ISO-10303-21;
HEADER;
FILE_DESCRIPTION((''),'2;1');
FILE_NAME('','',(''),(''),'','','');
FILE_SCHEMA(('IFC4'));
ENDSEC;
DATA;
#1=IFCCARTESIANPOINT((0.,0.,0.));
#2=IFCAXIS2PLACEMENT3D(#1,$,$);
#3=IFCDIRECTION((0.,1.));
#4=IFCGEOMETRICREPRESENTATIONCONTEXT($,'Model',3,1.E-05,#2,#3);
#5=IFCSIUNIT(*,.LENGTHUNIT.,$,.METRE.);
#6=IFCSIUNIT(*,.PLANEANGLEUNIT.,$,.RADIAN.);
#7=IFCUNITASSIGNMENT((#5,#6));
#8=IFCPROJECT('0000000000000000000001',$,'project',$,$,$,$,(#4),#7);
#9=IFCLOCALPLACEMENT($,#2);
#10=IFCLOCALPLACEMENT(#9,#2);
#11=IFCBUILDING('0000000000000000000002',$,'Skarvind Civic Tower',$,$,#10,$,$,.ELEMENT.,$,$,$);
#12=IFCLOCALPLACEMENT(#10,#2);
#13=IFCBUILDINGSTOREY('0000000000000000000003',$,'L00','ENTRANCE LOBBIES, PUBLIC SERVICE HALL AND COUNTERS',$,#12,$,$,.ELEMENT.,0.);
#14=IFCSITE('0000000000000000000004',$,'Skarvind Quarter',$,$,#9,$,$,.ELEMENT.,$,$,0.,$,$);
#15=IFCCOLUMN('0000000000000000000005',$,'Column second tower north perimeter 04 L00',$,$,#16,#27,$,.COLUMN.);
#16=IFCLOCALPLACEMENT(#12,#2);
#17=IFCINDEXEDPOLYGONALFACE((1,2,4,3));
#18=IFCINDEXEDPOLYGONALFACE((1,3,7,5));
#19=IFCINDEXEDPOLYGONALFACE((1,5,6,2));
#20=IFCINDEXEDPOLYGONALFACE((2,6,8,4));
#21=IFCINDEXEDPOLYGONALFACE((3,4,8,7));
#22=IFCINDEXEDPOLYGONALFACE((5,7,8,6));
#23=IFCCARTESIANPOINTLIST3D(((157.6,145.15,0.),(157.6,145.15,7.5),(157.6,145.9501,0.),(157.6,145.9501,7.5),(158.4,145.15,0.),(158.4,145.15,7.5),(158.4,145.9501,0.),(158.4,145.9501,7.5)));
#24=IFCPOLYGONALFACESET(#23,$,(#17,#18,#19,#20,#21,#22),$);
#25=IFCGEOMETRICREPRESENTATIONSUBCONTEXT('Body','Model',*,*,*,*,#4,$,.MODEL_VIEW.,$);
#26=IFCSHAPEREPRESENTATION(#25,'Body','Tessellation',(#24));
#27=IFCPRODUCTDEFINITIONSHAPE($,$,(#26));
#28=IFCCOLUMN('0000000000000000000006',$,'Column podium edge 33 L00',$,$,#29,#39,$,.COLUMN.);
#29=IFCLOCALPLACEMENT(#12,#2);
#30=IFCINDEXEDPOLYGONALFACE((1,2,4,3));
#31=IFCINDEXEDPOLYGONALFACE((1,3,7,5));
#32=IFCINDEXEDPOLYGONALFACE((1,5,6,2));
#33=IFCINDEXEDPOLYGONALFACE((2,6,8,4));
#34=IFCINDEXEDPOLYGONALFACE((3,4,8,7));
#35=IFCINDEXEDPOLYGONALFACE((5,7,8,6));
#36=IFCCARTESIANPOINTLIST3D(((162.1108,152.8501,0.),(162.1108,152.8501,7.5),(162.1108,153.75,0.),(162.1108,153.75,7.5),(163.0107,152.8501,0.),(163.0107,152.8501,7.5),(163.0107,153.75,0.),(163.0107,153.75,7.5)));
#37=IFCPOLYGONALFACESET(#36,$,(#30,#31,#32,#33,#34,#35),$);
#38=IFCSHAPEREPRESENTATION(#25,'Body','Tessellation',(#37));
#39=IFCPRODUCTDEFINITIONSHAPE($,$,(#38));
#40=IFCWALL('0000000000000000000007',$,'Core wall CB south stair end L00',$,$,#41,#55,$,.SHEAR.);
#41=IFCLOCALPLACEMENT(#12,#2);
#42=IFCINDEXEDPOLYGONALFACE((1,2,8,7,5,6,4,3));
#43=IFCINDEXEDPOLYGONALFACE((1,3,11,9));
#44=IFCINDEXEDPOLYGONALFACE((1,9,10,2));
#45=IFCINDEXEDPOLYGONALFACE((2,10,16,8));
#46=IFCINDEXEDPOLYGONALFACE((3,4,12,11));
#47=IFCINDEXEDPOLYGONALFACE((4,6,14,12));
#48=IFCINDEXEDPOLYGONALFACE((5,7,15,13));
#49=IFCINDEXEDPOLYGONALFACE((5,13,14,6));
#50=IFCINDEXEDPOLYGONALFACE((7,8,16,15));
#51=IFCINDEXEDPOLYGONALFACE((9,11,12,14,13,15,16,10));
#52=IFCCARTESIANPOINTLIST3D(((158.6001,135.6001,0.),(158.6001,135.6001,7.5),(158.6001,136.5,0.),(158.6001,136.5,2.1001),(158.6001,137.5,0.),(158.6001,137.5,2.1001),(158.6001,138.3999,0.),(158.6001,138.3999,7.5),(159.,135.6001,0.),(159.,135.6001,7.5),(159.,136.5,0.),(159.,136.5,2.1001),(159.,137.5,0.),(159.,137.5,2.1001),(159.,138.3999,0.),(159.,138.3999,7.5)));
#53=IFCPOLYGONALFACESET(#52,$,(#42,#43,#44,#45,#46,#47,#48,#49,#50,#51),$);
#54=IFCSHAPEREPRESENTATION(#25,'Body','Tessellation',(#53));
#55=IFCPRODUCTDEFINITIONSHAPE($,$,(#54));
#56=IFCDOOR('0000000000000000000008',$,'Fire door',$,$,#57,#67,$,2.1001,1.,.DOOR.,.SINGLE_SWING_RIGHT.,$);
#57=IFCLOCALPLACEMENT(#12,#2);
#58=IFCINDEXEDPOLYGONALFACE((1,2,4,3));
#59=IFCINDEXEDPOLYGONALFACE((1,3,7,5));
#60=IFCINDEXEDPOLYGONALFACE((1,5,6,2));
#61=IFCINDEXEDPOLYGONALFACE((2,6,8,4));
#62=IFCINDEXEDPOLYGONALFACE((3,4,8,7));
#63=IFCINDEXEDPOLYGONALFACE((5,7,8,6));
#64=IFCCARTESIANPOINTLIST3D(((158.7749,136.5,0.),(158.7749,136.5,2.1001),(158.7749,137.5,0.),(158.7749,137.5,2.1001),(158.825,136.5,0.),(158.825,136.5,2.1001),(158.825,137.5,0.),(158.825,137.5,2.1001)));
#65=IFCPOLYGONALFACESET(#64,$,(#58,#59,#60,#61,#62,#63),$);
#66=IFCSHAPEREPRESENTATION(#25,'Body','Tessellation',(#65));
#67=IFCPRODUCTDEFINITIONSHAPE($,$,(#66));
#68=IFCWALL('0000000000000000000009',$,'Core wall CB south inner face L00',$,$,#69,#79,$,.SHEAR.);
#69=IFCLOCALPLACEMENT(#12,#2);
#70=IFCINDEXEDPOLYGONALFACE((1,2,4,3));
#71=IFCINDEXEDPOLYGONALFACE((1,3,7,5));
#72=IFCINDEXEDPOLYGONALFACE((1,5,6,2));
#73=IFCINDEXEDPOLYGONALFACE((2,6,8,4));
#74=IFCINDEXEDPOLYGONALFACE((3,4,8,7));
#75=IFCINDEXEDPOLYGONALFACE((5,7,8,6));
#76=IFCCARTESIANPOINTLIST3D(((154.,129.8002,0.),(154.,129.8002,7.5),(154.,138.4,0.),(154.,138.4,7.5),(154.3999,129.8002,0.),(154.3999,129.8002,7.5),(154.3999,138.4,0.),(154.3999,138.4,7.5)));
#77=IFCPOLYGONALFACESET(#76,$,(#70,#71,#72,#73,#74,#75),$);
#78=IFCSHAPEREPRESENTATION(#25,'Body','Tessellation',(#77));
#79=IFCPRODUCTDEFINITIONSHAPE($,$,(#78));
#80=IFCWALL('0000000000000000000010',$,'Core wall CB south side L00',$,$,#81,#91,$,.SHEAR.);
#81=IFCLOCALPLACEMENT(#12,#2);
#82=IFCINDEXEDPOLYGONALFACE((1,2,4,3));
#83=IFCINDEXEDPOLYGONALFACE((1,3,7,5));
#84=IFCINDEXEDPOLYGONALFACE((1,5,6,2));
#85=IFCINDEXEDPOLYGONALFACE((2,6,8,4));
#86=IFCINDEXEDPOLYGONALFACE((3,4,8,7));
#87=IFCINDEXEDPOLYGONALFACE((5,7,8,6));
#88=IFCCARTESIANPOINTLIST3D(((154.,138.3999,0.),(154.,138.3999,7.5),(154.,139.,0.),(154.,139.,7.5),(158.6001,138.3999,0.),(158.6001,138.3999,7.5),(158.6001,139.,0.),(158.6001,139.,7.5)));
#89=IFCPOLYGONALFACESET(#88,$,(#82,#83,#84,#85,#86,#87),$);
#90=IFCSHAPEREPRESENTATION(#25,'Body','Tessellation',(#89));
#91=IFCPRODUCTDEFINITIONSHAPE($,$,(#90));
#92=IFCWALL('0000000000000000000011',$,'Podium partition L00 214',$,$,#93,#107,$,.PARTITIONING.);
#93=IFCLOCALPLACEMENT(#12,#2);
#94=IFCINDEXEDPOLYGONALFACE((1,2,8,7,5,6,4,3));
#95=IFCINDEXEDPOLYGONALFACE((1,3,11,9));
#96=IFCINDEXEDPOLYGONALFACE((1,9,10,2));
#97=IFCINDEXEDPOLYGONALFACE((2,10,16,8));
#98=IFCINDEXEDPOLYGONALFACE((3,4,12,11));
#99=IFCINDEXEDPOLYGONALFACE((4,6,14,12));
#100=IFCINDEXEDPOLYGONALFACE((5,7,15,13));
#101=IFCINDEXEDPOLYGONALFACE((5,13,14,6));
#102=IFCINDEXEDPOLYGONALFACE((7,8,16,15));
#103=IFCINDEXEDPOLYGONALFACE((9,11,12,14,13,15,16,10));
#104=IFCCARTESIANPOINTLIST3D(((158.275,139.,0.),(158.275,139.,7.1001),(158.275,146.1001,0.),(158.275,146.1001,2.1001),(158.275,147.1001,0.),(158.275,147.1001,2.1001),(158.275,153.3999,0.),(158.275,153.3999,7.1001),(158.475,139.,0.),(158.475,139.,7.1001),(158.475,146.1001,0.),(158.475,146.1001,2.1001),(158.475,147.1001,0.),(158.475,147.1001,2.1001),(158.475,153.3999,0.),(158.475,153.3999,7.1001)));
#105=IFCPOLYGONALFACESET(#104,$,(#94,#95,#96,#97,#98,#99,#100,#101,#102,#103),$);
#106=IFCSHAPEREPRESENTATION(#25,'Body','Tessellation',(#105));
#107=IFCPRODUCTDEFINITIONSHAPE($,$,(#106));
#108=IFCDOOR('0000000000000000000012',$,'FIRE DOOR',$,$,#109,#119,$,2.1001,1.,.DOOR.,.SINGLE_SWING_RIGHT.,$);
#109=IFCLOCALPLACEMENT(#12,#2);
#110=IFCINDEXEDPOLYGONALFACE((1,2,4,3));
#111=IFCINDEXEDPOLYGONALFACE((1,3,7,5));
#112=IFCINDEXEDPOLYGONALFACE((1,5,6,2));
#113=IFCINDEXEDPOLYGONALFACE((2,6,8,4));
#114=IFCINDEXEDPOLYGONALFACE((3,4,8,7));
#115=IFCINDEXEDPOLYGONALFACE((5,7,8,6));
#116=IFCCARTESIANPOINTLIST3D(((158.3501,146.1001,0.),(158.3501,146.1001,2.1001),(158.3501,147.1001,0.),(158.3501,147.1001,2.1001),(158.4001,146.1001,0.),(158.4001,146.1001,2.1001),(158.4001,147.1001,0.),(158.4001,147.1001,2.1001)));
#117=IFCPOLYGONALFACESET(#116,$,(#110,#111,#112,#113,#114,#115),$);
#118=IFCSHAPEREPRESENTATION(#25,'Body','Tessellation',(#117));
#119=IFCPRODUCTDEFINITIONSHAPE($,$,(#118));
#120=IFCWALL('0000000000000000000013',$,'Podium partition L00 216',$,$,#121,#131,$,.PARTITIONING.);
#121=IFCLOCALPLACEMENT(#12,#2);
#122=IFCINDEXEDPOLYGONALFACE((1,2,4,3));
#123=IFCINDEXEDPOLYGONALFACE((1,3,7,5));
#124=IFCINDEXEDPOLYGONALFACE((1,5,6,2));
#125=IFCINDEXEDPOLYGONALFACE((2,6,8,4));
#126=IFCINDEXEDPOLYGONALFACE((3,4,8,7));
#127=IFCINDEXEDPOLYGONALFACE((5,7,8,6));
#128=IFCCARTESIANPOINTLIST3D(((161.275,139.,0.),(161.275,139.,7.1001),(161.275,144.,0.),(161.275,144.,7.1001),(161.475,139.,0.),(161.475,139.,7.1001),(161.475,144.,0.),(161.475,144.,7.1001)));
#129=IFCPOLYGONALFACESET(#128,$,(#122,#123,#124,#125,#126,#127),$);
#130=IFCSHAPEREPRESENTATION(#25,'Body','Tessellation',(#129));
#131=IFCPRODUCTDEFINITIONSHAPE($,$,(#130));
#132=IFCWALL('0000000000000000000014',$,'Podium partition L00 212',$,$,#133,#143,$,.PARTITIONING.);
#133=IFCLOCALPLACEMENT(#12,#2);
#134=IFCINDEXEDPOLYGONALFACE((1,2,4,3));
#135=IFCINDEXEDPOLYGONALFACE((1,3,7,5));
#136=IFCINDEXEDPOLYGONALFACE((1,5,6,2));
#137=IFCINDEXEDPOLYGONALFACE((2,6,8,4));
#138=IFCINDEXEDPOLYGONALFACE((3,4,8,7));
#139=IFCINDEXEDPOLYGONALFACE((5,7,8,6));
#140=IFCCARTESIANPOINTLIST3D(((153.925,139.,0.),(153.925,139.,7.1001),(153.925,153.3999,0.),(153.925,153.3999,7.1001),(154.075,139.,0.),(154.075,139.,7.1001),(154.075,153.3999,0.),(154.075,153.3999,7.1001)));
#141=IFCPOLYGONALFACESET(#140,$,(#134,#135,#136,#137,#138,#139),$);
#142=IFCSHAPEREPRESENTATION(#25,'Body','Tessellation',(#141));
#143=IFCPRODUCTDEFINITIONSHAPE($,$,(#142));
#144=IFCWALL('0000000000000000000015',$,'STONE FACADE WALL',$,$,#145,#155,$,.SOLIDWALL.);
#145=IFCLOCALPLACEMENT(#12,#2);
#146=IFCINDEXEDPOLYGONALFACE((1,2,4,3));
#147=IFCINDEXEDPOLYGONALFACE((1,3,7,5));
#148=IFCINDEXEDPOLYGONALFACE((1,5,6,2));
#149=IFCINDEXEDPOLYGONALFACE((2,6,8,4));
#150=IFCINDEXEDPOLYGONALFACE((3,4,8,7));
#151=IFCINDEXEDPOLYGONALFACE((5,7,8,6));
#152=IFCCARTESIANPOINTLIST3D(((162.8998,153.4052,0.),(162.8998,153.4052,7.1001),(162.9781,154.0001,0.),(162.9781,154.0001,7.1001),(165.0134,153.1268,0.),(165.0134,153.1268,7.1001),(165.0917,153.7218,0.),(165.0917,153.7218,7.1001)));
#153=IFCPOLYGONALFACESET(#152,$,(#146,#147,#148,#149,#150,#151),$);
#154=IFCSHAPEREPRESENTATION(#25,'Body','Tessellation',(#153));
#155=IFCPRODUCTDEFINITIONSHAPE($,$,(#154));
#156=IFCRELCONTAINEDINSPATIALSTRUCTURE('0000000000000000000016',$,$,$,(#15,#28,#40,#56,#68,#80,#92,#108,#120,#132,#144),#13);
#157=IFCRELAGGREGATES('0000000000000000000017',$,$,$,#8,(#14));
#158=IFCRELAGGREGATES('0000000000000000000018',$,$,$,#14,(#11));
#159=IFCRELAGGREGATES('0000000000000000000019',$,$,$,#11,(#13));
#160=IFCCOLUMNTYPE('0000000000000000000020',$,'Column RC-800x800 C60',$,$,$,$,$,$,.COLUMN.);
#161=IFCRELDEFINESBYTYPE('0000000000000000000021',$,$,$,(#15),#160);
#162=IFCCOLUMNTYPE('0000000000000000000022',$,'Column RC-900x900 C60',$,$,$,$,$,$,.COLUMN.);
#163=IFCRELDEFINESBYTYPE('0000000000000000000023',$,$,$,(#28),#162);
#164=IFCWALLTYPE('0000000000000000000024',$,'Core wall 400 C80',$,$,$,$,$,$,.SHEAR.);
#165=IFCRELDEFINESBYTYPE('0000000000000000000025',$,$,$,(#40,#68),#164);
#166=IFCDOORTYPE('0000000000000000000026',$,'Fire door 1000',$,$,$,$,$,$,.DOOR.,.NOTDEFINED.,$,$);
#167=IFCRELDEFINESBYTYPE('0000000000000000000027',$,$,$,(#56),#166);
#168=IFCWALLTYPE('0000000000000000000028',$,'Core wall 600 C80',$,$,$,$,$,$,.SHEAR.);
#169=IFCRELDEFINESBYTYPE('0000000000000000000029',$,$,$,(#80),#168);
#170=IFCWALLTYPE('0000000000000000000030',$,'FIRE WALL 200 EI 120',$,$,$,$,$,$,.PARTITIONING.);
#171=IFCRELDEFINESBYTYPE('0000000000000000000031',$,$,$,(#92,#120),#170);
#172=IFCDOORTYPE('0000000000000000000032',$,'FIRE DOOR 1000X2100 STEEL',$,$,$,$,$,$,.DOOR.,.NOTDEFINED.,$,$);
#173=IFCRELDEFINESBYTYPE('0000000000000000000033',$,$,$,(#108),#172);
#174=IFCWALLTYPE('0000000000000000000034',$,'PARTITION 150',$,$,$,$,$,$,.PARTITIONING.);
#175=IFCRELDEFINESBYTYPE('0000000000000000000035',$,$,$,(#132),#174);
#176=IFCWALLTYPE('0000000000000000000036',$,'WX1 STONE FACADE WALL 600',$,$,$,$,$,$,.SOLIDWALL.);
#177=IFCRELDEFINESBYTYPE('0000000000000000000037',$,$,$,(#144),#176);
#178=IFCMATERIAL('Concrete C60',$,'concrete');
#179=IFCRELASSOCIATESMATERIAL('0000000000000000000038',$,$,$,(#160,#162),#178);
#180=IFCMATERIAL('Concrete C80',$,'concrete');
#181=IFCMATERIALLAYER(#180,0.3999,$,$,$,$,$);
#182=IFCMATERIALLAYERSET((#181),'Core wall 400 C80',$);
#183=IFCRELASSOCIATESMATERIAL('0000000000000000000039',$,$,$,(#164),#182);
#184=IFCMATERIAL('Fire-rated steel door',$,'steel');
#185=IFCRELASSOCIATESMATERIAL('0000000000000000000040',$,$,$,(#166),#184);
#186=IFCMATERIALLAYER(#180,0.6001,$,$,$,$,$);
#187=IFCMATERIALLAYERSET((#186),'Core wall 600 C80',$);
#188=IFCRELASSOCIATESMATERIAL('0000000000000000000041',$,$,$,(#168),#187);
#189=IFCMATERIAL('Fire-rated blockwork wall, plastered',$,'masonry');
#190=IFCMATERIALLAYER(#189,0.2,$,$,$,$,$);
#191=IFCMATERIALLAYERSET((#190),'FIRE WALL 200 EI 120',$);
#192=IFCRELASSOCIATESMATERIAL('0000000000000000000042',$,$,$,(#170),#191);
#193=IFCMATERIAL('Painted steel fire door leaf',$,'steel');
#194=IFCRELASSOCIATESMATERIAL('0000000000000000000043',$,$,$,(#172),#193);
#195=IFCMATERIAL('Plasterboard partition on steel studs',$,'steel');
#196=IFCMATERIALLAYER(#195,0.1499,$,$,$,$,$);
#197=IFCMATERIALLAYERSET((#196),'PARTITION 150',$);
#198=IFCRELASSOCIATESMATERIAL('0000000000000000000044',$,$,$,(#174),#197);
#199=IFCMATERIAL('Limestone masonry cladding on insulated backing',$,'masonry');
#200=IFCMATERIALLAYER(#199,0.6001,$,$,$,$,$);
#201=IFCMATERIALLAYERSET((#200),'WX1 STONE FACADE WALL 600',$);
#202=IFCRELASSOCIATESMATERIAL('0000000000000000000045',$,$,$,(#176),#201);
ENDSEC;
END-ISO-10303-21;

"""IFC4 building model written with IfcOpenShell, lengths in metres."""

from ifc_helpers import new_model, si_unit, direction, frame, frame_2d, origin, origin_2d, place, context, subcontext, project, spatial, rectangle, extrude, material, layer, layer_set, material_profile, profile_set, type_object, element, fill, save


model = new_model("IFC4")

# Units and contexts
model_context = context("Model", 3, precision=1e-05, world=origin(), true_north=direction((0.0, 1.0)))
body_context = subcontext(model_context, "Body", "Model", "MODEL_VIEW")
ifc_project = project(units=[si_unit("LENGTHUNIT", "METRE"), si_unit("PLANEANGLEUNIT", "RADIAN")], contexts=[model_context])

# Site, building, storey
site_placement = place(None, origin())
site = spatial("IfcSite", under=ifc_project, at=site_placement, Name="Skarvind Quarter", CompositionType="ELEMENT", RefElevation=0.0)
building_placement = place(site_placement, origin())
building = spatial("IfcBuilding", under=site, at=building_placement, Name="Skarvind Civic Tower", CompositionType="ELEMENT")
storey_placement = place(building_placement, origin())
storey = spatial("IfcBuildingStorey", under=building, at=storey_placement, Name="L00", Description="ENTRANCE LOBBIES, PUBLIC SERVICE HALL AND COUNTERS", CompositionType="ELEMENT", Elevation=0.0)

# Columns
ifc_material_1 = material(Name="Concrete C60", Category="concrete")
ifc_material_profile_1 = material_profile(ifc_material_1, rectangle(XDim=0.8, YDim=0.8, at=origin_2d()), Name="RC-800x800")
ifc_profile_set_1 = profile_set([ifc_material_profile_1], Name="Concrete C60")
column_type_1 = type_object("IfcColumnType", Name="Column RC-800x800 C60", PredefinedType="COLUMN", material=ifc_profile_set_1)
column_1_placement = place(storey_placement, frame((158.0, 145.55, 0.0), z_axis=(0.0, 0.0, 1.0), x_axis=(1.0, 0.0, 0.0)))
element("IfcColumn", 1, at=column_1_placement, inside=storey, type_object=column_type_1, Name="Column second tower north perimeter 04 L00", PredefinedType="COLUMN", context=body_context, shape_type="SweptSolid", body=[
    extrude(rectangle(XDim=0.8, YDim=0.8, at=origin_2d()), origin(), (0.0, 0.0, 1.0), 7.5),
])
ifc_material_profile_2 = material_profile(ifc_material_1, rectangle(XDim=0.8999, YDim=0.8999, at=origin_2d()), Name="RC-900x900")
ifc_profile_set_2 = profile_set([ifc_material_profile_2], Name="Concrete C60")
column_type_2 = type_object("IfcColumnType", Name="Column RC-900x900 C60", PredefinedType="COLUMN", material=ifc_profile_set_2)
column_2_placement = place(storey_placement, frame((162.5608, 153.3, 0.0), z_axis=(0.0, 0.0, 1.0), x_axis=(1.0, 0.0, 0.0)))
element("IfcColumn", 2, at=column_2_placement, inside=storey, type_object=column_type_2, Name="Column podium edge 33 L00", PredefinedType="COLUMN", context=body_context, shape_type="SweptSolid", body=[
    extrude(rectangle(XDim=0.8999, YDim=0.8999, at=origin_2d()), origin(), (0.0, 0.0, 1.0), 7.5),
])

# Wall, opening, door
ifc_material_2 = material(Name="Concrete C80", Category="concrete")
ifc_layer_1 = layer(ifc_material_2, 0.3999)
ifc_layer_set_1 = layer_set([ifc_layer_1], Name="Core wall 400 C80")
wall_type_1 = type_object("IfcWallType", Name="Core wall 400 C80", PredefinedType="SHEAR", material=ifc_layer_set_1)
wall_1_placement = place(storey_placement, frame((158.8, 138.3999, 0.0), z_axis=(0.0, 0.0, 1.0), x_axis=(0.0, -1.0, 0.0)))
wall_1 = element("IfcWall", 3, at=wall_1_placement, inside=storey, type_object=wall_type_1, Name="Core wall CB south stair end L00", PredefinedType="SHEAR", context=body_context, shape_type="SweptSolid", body=[
    extrude(rectangle(XDim=2.7998, YDim=0.3999, at=frame_2d((1.3999, 0.0))), origin(), (0.0, 0.0, 1.0), 7.5),
])
opening_1_placement = place(wall_1_placement, frame((0.8999, 0.0, 0.0)))
opening_1 = element("IfcOpeningElement", 4, at=opening_1_placement, cuts=wall_1, PredefinedType="OPENING", context=body_context, shape_type="SweptSolid", body=[
    extrude(rectangle(XDim=1.0, YDim=2.1001, at=frame_2d((0.5, 1.05))), frame((0.0, 0.21, 0.0), z_axis=(0.0, -1.0, 0.0), x_axis=(1.0, 0.0, 0.0)), (0.0, 0.0, 1.0), 0.4199),
])
ifc_material_3 = material(Name="Fire-rated steel door", Category="steel")
door_type_1 = type_object("IfcDoorType", Name="Fire door 1000", OperationType="NOTDEFINED", PredefinedType="DOOR", material=ifc_material_3)
door_1_placement = place(opening_1_placement, origin())
door_1 = element("IfcDoor", 5, at=door_1_placement, inside=storey, type_object=door_type_1, Name="Fire door", OperationType="SINGLE_SWING_RIGHT", OverallHeight=2.1001, OverallWidth=1.0, PredefinedType="DOOR", context=body_context, shape_type="SweptSolid", body=[
    extrude(rectangle(XDim=1.0, YDim=2.1001, at=frame_2d((0.5, 1.05))), frame((0.0, 0.0249, 0.0), z_axis=(0.0, -1.0, 0.0), x_axis=(1.0, 0.0, 0.0)), (0.0, 0.0, 1.0), 0.05),
])
fill(opening_1, door_1)

# Walls
wall_2_placement = place(storey_placement, frame((154.2, 138.3999, 0.0), z_axis=(0.0, 0.0, 1.0), x_axis=(0.0, -1.0, 0.0)))
element("IfcWall", 6, at=wall_2_placement, inside=storey, type_object=wall_type_1, Name="Core wall CB south inner face L00", PredefinedType="SHEAR", context=body_context, shape_type="SweptSolid", body=[
    extrude(rectangle(XDim=8.5999, YDim=0.3999, at=frame_2d((4.2998, 0.0))), origin(), (0.0, 0.0, 1.0), 7.5),
])
ifc_layer_2 = layer(ifc_material_2, 0.6001)
ifc_layer_set_2 = layer_set([ifc_layer_2], Name="Core wall 600 C80")
wall_type_2 = type_object("IfcWallType", Name="Core wall 600 C80", PredefinedType="SHEAR", material=ifc_layer_set_2)
wall_3_placement = place(storey_placement, frame((158.6001, 138.7, 0.0), z_axis=(0.0, 0.0, 1.0), x_axis=(-1.0, 0.0, 0.0)))
element("IfcWall", 7, at=wall_3_placement, inside=storey, type_object=wall_type_2, Name="Core wall CB south side L00", PredefinedType="SHEAR", context=body_context, shape_type="SweptSolid", body=[
    extrude(rectangle(XDim=4.6001, YDim=0.6001, at=frame_2d((2.3, 0.0))), origin(), (0.0, 0.0, 1.0), 7.5),
])

# Wall, opening, door
ifc_material_4 = material(Name="Fire-rated blockwork wall, plastered", Category="masonry")
ifc_layer_3 = layer(ifc_material_4, 0.2)
ifc_layer_set_3 = layer_set([ifc_layer_3], Name="FIRE WALL 200 EI 120")
wall_type_3 = type_object("IfcWallType", Name="FIRE WALL 200 EI 120", PredefinedType="PARTITIONING", material=ifc_layer_set_3)
wall_4_placement = place(storey_placement, frame((158.375, 139.0, 0.0), z_axis=(0.0, 0.0, 1.0), x_axis=(0.0, 1.0, 0.0)))
wall_4 = element("IfcWall", 8, at=wall_4_placement, inside=storey, type_object=wall_type_3, Name="Podium partition L00 214", PredefinedType="PARTITIONING", context=body_context, shape_type="SweptSolid", body=[
    extrude(rectangle(XDim=14.3999, YDim=0.2, at=frame_2d((7.2, 0.0))), origin(), (0.0, 0.0, 1.0), 7.1001),
])
opening_2_placement = place(wall_4_placement, frame((7.1001, 0.0, 0.0)))
opening_2 = element("IfcOpeningElement", 9, at=opening_2_placement, cuts=wall_4, PredefinedType="OPENING", context=body_context, shape_type="SweptSolid", body=[
    extrude(rectangle(XDim=1.0, YDim=2.1001, at=frame_2d((0.5, 1.05))), frame((0.0, 0.1099, 0.0), z_axis=(0.0, -1.0, 0.0), x_axis=(1.0, 0.0, 0.0)), (0.0, 0.0, 1.0), 0.22),
])
ifc_material_5 = material(Name="Painted steel fire door leaf", Category="steel")
door_type_2 = type_object("IfcDoorType", Name="FIRE DOOR 1000X2100 STEEL", OperationType="NOTDEFINED", PredefinedType="DOOR", material=ifc_material_5)
door_2_placement = place(opening_2_placement, origin())
door_2 = element("IfcDoor", 10, at=door_2_placement, inside=storey, type_object=door_type_2, Name="FIRE DOOR", OperationType="SINGLE_SWING_RIGHT", OverallHeight=2.1001, OverallWidth=1.0, PredefinedType="DOOR", context=body_context, shape_type="SweptSolid", body=[
    extrude(rectangle(XDim=1.0, YDim=2.1001, at=frame_2d((0.5, 1.05))), frame((0.0, 0.0249, 0.0), z_axis=(0.0, -1.0, 0.0), x_axis=(1.0, 0.0, 0.0)), (0.0, 0.0, 1.0), 0.05),
])
fill(opening_2, door_2)

# Walls
wall_5_placement = place(storey_placement, frame((161.375, 139.0, 0.0), z_axis=(0.0, 0.0, 1.0), x_axis=(0.0, 1.0, 0.0)))
element("IfcWall", 11, at=wall_5_placement, inside=storey, type_object=wall_type_3, Name="Podium partition L00 216", PredefinedType="PARTITIONING", context=body_context, shape_type="SweptSolid", body=[
    extrude(rectangle(XDim=5.0, YDim=0.2, at=frame_2d((2.5, 0.0))), origin(), (0.0, 0.0, 1.0), 7.1001),
])
ifc_material_6 = material(Name="Plasterboard partition on steel studs", Category="steel")
ifc_layer_4 = layer(ifc_material_6, 0.1499)
ifc_layer_set_4 = layer_set([ifc_layer_4], Name="PARTITION 150")
wall_type_4 = type_object("IfcWallType", Name="PARTITION 150", PredefinedType="PARTITIONING", material=ifc_layer_set_4)
wall_6_placement = place(storey_placement, frame((154.0, 139.0, 0.0), z_axis=(0.0, 0.0, 1.0), x_axis=(0.0, 1.0, 0.0)))
element("IfcWall", 12, at=wall_6_placement, inside=storey, type_object=wall_type_4, Name="Podium partition L00 212", PredefinedType="PARTITIONING", context=body_context, shape_type="SweptSolid", body=[
    extrude(rectangle(XDim=14.3999, YDim=0.1499, at=frame_2d((7.2, 0.0))), origin(), (0.0, 0.0, 1.0), 7.1001),
])
ifc_material_7 = material(Name="Limestone masonry cladding on insulated backing", Category="masonry")
ifc_layer_5 = layer(ifc_material_7, 0.6001)
ifc_layer_set_5 = layer_set([ifc_layer_5], Name="WX1 STONE FACADE WALL 600")
wall_type_5 = type_object("IfcWallType", Name="WX1 STONE FACADE WALL 600", PredefinedType="SOLIDWALL", material=ifc_layer_set_5)
wall_7_placement = place(storey_placement, frame((162.939, 153.7026, 0.0), z_axis=(0.0, 0.0, 1.0), x_axis=(0.991441, -0.130558, 0.0)))
element("IfcWall", 13, at=wall_7_placement, inside=storey, type_object=wall_type_5, Name="STONE FACADE WALL", PredefinedType="SOLIDWALL", context=body_context, shape_type="SweptSolid", body=[
    extrude(rectangle(XDim=2.1318, YDim=0.6001, at=frame_2d((1.0659, 0.0))), origin(), (0.0, 0.0, 1.0), 7.1001),
])

save(model, "model.ifc")
